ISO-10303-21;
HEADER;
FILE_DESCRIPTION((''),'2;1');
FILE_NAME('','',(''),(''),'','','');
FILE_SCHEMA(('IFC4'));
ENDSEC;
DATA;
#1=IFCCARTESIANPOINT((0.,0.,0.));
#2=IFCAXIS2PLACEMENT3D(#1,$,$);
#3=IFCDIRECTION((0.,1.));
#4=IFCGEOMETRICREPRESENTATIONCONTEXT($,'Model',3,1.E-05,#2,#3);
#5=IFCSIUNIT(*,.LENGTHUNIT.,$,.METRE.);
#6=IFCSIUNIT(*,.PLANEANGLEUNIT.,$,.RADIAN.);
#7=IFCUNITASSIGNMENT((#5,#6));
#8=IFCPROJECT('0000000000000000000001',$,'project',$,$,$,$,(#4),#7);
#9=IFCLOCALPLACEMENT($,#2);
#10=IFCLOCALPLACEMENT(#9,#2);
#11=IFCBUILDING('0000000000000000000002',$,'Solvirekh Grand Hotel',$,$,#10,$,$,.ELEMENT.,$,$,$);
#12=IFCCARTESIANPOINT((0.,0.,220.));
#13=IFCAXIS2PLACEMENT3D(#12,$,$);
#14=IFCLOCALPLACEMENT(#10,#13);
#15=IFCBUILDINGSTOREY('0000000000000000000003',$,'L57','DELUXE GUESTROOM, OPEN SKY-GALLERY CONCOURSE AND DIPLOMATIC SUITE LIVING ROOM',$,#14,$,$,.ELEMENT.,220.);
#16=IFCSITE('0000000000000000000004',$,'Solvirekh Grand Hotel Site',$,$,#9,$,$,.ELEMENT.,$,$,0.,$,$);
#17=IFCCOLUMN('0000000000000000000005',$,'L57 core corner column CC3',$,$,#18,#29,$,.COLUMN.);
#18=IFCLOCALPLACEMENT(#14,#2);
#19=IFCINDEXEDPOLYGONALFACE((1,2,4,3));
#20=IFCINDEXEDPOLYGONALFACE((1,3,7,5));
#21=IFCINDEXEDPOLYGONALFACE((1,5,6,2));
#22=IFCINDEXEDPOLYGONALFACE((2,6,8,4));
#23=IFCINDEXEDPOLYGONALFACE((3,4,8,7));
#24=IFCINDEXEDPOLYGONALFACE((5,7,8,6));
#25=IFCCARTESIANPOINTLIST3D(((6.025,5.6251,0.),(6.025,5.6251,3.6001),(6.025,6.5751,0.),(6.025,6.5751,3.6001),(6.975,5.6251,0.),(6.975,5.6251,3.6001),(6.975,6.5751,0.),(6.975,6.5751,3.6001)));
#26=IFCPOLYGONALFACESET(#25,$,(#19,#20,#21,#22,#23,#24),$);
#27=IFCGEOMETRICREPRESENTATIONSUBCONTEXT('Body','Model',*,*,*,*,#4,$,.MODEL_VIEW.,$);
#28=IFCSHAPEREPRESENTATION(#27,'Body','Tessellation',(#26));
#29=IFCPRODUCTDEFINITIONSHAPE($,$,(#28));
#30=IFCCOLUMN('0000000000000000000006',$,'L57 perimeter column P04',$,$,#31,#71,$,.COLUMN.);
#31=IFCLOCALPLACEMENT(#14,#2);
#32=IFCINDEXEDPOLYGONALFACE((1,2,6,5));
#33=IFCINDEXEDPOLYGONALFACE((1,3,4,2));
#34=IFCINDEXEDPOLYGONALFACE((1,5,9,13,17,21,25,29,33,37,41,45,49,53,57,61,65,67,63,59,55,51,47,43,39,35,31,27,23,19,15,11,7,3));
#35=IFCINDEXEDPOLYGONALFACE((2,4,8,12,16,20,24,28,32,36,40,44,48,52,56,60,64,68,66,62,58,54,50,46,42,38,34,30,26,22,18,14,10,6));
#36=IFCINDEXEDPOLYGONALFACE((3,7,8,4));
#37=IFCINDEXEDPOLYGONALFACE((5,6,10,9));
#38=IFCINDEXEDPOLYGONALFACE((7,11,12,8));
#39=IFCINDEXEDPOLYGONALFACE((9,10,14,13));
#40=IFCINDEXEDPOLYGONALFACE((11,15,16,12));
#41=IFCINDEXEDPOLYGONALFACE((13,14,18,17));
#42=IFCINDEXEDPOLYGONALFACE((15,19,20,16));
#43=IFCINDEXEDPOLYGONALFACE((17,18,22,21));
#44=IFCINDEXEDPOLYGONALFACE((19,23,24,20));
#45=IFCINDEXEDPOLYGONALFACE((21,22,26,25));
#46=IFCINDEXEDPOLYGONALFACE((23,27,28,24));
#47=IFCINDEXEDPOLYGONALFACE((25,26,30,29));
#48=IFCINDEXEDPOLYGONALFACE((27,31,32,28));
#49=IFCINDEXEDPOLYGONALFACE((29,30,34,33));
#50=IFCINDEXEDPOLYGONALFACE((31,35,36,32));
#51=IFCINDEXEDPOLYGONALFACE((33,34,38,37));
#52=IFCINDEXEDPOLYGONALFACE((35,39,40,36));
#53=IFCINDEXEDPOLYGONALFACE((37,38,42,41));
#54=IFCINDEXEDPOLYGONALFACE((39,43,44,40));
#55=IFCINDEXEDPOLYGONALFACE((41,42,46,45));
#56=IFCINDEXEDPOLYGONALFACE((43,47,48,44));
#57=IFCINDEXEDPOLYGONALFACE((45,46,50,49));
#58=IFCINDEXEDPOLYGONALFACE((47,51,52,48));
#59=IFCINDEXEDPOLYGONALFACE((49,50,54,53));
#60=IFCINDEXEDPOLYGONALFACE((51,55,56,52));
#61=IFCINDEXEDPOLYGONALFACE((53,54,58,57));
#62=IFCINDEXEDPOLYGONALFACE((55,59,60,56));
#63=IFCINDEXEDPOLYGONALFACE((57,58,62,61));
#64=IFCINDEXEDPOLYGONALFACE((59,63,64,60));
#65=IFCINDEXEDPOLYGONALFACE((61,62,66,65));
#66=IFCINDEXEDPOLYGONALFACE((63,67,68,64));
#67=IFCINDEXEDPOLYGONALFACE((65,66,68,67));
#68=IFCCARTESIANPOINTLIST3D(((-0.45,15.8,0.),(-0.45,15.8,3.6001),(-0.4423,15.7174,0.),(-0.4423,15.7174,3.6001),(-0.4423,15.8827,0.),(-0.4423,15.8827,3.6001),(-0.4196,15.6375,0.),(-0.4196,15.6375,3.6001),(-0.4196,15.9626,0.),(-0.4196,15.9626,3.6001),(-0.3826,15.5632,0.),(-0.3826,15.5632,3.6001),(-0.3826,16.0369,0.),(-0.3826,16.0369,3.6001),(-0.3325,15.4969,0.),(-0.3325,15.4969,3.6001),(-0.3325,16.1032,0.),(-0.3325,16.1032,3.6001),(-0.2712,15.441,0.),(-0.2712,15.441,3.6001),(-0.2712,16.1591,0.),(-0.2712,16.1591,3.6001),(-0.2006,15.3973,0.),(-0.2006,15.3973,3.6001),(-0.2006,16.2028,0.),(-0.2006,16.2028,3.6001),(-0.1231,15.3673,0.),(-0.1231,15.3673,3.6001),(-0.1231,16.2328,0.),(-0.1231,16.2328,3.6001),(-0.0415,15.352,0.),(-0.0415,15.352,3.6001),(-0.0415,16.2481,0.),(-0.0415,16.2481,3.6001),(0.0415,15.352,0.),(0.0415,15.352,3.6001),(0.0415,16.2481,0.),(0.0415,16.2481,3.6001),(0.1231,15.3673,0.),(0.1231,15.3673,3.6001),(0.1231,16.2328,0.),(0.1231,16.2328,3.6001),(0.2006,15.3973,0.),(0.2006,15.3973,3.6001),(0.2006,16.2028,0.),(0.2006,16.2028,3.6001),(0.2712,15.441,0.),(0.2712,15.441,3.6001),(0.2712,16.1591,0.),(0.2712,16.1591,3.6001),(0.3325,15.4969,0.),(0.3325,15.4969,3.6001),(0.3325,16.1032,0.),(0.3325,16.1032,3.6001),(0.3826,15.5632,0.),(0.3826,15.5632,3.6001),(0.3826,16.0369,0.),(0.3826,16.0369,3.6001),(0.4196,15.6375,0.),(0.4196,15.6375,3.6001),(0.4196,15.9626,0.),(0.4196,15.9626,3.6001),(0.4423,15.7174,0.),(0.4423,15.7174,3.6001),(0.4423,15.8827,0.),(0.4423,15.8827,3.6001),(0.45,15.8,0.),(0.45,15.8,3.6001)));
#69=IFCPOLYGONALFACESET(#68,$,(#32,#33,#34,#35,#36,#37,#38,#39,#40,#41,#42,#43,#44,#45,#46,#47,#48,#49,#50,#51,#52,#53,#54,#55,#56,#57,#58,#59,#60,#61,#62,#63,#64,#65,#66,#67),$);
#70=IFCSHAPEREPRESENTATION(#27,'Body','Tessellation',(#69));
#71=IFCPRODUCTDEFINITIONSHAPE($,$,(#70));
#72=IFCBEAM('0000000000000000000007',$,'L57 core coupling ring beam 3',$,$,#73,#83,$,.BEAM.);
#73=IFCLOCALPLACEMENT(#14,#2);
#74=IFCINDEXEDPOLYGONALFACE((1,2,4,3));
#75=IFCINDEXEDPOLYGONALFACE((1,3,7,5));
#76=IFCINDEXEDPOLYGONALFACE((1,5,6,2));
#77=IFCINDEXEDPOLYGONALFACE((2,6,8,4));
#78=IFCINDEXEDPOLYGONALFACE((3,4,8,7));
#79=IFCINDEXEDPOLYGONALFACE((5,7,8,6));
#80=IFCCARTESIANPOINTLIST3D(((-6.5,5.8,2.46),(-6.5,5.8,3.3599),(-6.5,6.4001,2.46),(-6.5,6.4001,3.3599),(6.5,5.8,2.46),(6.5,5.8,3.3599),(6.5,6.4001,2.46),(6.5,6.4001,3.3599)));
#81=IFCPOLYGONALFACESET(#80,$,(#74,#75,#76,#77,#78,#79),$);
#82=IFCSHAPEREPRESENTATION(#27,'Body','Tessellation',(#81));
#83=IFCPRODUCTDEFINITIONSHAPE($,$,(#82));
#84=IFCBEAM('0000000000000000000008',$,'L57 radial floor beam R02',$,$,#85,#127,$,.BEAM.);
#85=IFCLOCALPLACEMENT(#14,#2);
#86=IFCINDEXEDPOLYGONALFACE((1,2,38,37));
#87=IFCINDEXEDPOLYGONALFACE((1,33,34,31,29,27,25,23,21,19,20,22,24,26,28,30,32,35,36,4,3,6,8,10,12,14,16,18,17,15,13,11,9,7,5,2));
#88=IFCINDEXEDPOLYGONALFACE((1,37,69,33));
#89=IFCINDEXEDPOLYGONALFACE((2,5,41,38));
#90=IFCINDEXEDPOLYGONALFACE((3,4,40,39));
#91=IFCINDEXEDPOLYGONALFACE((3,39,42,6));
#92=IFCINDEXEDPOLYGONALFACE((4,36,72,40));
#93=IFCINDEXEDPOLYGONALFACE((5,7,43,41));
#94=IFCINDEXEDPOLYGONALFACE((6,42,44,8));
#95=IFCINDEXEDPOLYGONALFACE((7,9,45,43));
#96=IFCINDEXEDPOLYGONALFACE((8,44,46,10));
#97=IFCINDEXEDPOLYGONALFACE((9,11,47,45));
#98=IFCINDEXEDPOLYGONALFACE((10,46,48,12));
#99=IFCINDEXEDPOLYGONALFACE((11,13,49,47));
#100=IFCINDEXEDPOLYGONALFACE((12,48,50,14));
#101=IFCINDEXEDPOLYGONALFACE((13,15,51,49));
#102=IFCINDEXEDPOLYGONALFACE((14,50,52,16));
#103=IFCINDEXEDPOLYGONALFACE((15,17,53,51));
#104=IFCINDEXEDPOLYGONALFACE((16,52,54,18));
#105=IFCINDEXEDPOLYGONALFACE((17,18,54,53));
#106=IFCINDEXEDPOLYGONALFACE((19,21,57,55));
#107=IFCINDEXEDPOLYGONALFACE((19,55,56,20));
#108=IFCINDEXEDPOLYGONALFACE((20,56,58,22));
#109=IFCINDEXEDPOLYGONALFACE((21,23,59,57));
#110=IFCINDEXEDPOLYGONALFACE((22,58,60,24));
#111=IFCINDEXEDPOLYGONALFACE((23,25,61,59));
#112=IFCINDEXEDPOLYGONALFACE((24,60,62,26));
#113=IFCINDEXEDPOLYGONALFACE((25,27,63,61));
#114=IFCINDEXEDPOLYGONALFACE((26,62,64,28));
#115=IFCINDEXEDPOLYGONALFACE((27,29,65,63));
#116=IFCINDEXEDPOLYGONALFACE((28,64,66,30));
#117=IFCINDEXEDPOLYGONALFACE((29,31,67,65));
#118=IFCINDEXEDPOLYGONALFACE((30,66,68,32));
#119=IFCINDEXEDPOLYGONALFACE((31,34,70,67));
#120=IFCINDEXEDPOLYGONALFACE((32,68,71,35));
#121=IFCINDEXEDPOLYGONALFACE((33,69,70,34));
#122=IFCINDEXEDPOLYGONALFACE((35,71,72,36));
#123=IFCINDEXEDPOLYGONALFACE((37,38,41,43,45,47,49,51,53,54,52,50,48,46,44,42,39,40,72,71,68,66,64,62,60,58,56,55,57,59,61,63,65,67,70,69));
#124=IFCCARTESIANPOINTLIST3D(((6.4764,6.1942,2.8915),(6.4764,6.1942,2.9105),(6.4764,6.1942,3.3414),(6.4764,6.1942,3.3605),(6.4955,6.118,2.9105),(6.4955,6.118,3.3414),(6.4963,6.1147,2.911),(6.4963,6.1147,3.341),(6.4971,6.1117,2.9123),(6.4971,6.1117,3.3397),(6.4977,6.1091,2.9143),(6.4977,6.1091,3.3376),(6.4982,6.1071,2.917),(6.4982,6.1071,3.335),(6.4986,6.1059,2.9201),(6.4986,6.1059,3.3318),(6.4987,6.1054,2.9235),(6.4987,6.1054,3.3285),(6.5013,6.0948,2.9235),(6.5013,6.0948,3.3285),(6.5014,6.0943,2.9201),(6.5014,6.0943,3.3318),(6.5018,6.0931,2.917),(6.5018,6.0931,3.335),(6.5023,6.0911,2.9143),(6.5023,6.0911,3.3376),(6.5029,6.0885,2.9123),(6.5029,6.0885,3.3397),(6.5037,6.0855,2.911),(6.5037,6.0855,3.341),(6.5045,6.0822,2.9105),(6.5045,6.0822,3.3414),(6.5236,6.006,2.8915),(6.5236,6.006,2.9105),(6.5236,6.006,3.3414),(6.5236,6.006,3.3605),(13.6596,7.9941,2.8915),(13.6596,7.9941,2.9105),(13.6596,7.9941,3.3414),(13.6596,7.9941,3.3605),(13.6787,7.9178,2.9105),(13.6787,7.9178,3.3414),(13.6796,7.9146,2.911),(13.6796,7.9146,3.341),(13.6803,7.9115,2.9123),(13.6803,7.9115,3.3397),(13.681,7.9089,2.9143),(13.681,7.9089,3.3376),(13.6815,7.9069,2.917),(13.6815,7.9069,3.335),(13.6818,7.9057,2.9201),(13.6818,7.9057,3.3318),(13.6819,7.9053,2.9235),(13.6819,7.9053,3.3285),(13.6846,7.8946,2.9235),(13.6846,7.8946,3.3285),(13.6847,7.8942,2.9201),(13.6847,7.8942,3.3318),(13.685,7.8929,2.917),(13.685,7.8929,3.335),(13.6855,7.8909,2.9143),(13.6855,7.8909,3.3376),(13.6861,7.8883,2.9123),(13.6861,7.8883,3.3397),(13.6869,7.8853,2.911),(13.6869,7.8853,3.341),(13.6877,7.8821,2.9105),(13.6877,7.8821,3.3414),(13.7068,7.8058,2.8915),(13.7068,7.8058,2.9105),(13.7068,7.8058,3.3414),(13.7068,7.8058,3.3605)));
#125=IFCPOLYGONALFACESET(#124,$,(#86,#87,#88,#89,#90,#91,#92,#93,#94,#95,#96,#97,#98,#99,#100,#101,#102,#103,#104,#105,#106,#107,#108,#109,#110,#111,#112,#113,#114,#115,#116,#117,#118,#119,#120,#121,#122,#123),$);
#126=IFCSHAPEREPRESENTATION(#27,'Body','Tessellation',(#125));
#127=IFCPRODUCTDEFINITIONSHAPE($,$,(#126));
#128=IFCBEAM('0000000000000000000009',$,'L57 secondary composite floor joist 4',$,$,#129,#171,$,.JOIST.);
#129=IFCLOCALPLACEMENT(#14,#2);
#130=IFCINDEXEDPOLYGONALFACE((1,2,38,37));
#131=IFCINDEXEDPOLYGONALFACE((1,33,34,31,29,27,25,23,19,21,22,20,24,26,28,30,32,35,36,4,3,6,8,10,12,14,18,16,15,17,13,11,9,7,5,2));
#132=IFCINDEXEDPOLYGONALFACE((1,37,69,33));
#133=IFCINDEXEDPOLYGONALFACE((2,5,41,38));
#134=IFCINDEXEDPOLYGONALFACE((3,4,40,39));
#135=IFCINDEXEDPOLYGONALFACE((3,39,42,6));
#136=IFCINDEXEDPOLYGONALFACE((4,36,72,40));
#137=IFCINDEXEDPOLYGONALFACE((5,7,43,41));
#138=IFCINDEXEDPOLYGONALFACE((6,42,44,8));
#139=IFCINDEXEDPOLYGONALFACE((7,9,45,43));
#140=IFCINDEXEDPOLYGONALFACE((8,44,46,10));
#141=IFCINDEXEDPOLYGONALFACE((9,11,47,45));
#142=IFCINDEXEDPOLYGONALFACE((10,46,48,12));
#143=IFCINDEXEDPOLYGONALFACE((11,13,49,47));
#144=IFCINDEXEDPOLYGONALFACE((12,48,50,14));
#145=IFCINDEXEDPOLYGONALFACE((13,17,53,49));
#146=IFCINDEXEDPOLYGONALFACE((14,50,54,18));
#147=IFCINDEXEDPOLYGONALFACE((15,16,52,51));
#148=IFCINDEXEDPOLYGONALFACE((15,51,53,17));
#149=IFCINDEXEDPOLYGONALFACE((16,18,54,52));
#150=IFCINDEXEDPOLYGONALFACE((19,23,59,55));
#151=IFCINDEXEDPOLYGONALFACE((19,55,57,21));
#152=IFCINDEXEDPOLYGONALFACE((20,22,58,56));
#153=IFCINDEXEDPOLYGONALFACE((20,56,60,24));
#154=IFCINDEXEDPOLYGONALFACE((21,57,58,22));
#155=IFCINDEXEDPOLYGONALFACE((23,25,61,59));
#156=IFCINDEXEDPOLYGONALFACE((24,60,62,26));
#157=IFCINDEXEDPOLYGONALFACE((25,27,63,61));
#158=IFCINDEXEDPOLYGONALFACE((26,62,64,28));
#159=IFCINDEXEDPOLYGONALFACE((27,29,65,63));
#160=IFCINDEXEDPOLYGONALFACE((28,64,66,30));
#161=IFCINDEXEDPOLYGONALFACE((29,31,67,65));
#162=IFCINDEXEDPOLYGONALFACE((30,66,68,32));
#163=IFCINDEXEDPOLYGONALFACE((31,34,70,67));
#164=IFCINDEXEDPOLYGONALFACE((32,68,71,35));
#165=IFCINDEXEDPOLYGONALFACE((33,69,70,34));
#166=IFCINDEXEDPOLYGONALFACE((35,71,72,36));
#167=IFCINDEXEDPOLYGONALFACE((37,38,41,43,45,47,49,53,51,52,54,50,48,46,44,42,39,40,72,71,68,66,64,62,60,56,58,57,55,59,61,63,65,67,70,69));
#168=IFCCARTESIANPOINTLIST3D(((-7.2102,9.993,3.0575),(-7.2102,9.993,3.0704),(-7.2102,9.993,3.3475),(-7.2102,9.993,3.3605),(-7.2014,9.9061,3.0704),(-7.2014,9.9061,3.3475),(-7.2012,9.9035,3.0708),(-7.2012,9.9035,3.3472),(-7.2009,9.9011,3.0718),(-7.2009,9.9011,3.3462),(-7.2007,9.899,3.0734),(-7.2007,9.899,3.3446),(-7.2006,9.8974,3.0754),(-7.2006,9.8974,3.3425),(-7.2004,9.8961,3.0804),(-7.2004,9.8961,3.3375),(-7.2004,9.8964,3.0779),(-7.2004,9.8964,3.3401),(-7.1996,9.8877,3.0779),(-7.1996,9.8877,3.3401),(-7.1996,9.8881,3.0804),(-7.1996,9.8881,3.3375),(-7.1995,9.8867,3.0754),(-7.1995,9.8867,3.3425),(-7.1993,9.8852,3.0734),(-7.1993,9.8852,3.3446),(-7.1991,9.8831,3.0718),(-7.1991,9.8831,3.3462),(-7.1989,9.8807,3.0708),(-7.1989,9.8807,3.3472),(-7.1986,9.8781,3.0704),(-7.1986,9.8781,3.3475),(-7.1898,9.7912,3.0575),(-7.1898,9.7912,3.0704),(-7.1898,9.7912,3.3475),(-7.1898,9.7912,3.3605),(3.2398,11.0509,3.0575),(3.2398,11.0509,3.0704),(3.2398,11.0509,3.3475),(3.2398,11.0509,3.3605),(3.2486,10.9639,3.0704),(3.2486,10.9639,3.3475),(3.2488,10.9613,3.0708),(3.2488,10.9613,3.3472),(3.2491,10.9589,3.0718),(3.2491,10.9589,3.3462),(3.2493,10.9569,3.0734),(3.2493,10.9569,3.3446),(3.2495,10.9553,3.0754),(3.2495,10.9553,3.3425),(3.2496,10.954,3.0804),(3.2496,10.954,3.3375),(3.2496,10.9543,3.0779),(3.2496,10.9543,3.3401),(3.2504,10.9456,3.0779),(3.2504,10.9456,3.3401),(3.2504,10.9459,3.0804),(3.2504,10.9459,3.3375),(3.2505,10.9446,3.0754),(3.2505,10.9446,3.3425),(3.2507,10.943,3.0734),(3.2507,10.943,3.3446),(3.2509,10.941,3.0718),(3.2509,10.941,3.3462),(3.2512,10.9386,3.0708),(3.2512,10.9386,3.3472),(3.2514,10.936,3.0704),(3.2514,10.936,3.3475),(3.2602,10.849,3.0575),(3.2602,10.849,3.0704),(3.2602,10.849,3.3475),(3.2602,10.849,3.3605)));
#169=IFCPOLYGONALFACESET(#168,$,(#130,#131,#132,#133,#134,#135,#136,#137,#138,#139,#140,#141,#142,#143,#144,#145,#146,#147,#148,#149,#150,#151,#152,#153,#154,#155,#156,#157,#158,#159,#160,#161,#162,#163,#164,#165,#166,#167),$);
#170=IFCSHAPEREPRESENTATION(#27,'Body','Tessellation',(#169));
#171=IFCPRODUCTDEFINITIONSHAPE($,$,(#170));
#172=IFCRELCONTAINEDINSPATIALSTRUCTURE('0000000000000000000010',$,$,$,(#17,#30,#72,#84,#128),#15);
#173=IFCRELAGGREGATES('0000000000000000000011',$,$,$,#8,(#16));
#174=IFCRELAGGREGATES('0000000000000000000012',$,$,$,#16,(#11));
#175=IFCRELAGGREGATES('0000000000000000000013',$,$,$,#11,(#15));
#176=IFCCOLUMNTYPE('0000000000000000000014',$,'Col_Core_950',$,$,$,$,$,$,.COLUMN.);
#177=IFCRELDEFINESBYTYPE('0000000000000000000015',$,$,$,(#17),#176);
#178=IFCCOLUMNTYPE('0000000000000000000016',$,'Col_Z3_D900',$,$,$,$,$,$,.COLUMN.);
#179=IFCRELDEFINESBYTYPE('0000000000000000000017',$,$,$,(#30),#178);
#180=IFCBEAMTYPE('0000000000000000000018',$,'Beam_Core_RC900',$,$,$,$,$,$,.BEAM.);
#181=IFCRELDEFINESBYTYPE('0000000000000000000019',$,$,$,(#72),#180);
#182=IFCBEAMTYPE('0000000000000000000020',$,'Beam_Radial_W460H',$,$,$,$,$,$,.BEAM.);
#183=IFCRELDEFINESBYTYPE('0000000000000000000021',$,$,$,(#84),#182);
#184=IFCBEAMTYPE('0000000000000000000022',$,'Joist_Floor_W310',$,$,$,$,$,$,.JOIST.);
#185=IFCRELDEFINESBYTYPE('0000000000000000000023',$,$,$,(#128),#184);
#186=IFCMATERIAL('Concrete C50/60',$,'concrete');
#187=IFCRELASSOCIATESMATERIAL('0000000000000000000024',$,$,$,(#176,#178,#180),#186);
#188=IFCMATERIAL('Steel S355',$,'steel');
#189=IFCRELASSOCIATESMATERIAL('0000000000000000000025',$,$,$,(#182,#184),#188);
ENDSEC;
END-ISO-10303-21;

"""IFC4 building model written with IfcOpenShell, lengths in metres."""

from ifc_helpers import new_model, si_unit, direction, frame, origin, origin_2d, place, context, subcontext, project, spatial, rectangle, circle, i_section, extrude, material, material_profile, profile_set, type_object, element, save


model = new_model("IFC4")

# Units and contexts
model_context = context("Model", 3, precision=1e-05, world=origin(), true_north=direction((0.0, 1.0)))
body_context = subcontext(model_context, "Body", "Model", "MODEL_VIEW")
ifc_project = project(units=[si_unit("LENGTHUNIT", "METRE"), si_unit("PLANEANGLEUNIT", "RADIAN")], contexts=[model_context])

# Site, building, storey
site_placement = place(None, origin())
site = spatial("IfcSite", under=ifc_project, at=site_placement, Name="Solvirekh Grand Hotel Site", CompositionType="ELEMENT", RefElevation=0.0)
building_placement = place(site_placement, origin())
building = spatial("IfcBuilding", under=site, at=building_placement, Name="Solvirekh Grand Hotel", CompositionType="ELEMENT")
storey_placement = place(building_placement, frame((0.0, 0.0, 220.0)))
storey = spatial("IfcBuildingStorey", under=building, at=storey_placement, Name="L57", Description="DELUXE GUESTROOM, OPEN SKY-GALLERY CONCOURSE AND DIPLOMATIC SUITE LIVING ROOM", CompositionType="ELEMENT", Elevation=220.0)

# Columns
ifc_material_1 = material(Name="Concrete C50/60", Category="concrete")
ifc_material_profile_1 = material_profile(ifc_material_1, rectangle(XDim=0.95, YDim=0.95, at=origin_2d()), Name="RC 950X950")
ifc_profile_set_1 = profile_set([ifc_material_profile_1], Name="Concrete C50/60")
column_type_1 = type_object("IfcColumnType", Name="Col_Core_950", PredefinedType="COLUMN", material=ifc_profile_set_1)
column_1_placement = place(storey_placement, frame((6.5, 6.1001, 0.0), z_axis=(0.0, 0.0, 1.0), x_axis=(1.0, 0.0, 0.0)))
element("IfcColumn", 1, at=column_1_placement, inside=storey, type_object=column_type_1, Name="L57 core corner column CC3", PredefinedType="COLUMN", context=body_context, shape_type="SweptSolid", body=[
    extrude(rectangle(XDim=0.95, YDim=0.95, at=origin_2d()), origin(), (0.0, 0.0, 1.0), 3.6001),
])
ifc_material_profile_2 = material_profile(ifc_material_1, circle(Radius=0.45, at=origin_2d()), Name="RC CIRC D900")
ifc_profile_set_2 = profile_set([ifc_material_profile_2], Name="Concrete C50/60")
column_type_2 = type_object("IfcColumnType", Name="Col_Z3_D900", PredefinedType="COLUMN", material=ifc_profile_set_2)
column_2_placement = place(storey_placement, frame((0.0, 15.8, 0.0), z_axis=(0.0, 0.0, 1.0), x_axis=(1.0, 0.0, 0.0)))
element("IfcColumn", 2, at=column_2_placement, inside=storey, type_object=column_type_2, Name="L57 perimeter column P04", PredefinedType="COLUMN", context=body_context, shape_type="SweptSolid", body=[
    extrude(circle(Radius=0.45, at=origin_2d()), origin(), (0.0, 0.0, 1.0), 3.6001),
])

# Beams
ifc_material_profile_3 = material_profile(ifc_material_1, rectangle(XDim=0.6001, YDim=0.8999, at=origin_2d()), Name="RC BEAM 600X900")
ifc_profile_set_3 = profile_set([ifc_material_profile_3], Name="Concrete C50/60")
beam_type_1 = type_object("IfcBeamType", Name="Beam_Core_RC900", PredefinedType="BEAM", material=ifc_profile_set_3)
beam_1_placement = place(storey_placement, frame((6.5, 6.1001, 2.9099), z_axis=(-1.0, 0.0, 0.0), x_axis=(0.0, -1.0, 0.0)))
element("IfcBeam", 3, at=beam_1_placement, inside=storey, type_object=beam_type_1, Name="L57 core coupling ring beam 3", PredefinedType="BEAM", context=body_context, shape_type="SweptSolid", body=[
    extrude(rectangle(XDim=0.6001, YDim=0.8999, at=origin_2d()), origin(), (0.0, 0.0, 1.0), 13.0),
])
ifc_material_2 = material(Name="Steel S355", Category="steel")
ifc_material_profile_4 = material_profile(ifc_material_2, i_section(OverallWidth=0.1941, OverallDepth=0.469, WebThickness=0.011, FlangeThickness=0.019, FilletRadius=0.0129, at=origin_2d()), Name="W460X106")
ifc_profile_set_4 = profile_set([ifc_material_profile_4], Name="Steel S355")
beam_type_2 = type_object("IfcBeamType", Name="Beam_Radial_W460H", PredefinedType="BEAM", material=ifc_profile_set_4)
beam_2_placement = place(storey_placement, frame((6.5, 6.1001, 3.126), z_axis=(0.970014, 0.243048, 0.0), x_axis=(-0.243048, 0.970014, 0.0)))
element("IfcBeam", 4, at=beam_2_placement, inside=storey, type_object=beam_type_2, Name="L57 radial floor beam R02", PredefinedType="BEAM", context=body_context, shape_type="SweptSolid", body=[
    extrude(i_section(OverallWidth=0.1941, OverallDepth=0.469, WebThickness=0.011, FlangeThickness=0.019, FilletRadius=0.0129, at=origin_2d()), origin(), (0.0, 0.0, 1.0), 7.4053),
])
ifc_material_profile_5 = material_profile(ifc_material_2, i_section(OverallWidth=0.2029, OverallDepth=0.303, WebThickness=0.0081, FlangeThickness=0.0129, FilletRadius=0.01, at=origin_2d()), Name="W310X60")
ifc_profile_set_5 = profile_set([ifc_material_profile_5], Name="Steel S355")
beam_type_3 = type_object("IfcBeamType", Name="Joist_Floor_W310", PredefinedType="JOIST", material=ifc_profile_set_5)
beam_3_placement = place(storey_placement, frame((3.25, 10.95, 3.209), z_axis=(-0.994915, -0.100716, 0.0), x_axis=(0.100716, -0.994915, 0.0)))
element("IfcBeam", 5, at=beam_3_placement, inside=storey, type_object=beam_type_3, Name="L57 secondary composite floor joist 4", PredefinedType="JOIST", context=body_context, shape_type="SweptSolid", body=[
    extrude(i_section(OverallWidth=0.2029, OverallDepth=0.303, WebThickness=0.0081, FlangeThickness=0.0129, FilletRadius=0.01, at=origin_2d()), origin(), (0.0, 0.0, 1.0), 10.5034),
])

save(model, "model.ifc")
